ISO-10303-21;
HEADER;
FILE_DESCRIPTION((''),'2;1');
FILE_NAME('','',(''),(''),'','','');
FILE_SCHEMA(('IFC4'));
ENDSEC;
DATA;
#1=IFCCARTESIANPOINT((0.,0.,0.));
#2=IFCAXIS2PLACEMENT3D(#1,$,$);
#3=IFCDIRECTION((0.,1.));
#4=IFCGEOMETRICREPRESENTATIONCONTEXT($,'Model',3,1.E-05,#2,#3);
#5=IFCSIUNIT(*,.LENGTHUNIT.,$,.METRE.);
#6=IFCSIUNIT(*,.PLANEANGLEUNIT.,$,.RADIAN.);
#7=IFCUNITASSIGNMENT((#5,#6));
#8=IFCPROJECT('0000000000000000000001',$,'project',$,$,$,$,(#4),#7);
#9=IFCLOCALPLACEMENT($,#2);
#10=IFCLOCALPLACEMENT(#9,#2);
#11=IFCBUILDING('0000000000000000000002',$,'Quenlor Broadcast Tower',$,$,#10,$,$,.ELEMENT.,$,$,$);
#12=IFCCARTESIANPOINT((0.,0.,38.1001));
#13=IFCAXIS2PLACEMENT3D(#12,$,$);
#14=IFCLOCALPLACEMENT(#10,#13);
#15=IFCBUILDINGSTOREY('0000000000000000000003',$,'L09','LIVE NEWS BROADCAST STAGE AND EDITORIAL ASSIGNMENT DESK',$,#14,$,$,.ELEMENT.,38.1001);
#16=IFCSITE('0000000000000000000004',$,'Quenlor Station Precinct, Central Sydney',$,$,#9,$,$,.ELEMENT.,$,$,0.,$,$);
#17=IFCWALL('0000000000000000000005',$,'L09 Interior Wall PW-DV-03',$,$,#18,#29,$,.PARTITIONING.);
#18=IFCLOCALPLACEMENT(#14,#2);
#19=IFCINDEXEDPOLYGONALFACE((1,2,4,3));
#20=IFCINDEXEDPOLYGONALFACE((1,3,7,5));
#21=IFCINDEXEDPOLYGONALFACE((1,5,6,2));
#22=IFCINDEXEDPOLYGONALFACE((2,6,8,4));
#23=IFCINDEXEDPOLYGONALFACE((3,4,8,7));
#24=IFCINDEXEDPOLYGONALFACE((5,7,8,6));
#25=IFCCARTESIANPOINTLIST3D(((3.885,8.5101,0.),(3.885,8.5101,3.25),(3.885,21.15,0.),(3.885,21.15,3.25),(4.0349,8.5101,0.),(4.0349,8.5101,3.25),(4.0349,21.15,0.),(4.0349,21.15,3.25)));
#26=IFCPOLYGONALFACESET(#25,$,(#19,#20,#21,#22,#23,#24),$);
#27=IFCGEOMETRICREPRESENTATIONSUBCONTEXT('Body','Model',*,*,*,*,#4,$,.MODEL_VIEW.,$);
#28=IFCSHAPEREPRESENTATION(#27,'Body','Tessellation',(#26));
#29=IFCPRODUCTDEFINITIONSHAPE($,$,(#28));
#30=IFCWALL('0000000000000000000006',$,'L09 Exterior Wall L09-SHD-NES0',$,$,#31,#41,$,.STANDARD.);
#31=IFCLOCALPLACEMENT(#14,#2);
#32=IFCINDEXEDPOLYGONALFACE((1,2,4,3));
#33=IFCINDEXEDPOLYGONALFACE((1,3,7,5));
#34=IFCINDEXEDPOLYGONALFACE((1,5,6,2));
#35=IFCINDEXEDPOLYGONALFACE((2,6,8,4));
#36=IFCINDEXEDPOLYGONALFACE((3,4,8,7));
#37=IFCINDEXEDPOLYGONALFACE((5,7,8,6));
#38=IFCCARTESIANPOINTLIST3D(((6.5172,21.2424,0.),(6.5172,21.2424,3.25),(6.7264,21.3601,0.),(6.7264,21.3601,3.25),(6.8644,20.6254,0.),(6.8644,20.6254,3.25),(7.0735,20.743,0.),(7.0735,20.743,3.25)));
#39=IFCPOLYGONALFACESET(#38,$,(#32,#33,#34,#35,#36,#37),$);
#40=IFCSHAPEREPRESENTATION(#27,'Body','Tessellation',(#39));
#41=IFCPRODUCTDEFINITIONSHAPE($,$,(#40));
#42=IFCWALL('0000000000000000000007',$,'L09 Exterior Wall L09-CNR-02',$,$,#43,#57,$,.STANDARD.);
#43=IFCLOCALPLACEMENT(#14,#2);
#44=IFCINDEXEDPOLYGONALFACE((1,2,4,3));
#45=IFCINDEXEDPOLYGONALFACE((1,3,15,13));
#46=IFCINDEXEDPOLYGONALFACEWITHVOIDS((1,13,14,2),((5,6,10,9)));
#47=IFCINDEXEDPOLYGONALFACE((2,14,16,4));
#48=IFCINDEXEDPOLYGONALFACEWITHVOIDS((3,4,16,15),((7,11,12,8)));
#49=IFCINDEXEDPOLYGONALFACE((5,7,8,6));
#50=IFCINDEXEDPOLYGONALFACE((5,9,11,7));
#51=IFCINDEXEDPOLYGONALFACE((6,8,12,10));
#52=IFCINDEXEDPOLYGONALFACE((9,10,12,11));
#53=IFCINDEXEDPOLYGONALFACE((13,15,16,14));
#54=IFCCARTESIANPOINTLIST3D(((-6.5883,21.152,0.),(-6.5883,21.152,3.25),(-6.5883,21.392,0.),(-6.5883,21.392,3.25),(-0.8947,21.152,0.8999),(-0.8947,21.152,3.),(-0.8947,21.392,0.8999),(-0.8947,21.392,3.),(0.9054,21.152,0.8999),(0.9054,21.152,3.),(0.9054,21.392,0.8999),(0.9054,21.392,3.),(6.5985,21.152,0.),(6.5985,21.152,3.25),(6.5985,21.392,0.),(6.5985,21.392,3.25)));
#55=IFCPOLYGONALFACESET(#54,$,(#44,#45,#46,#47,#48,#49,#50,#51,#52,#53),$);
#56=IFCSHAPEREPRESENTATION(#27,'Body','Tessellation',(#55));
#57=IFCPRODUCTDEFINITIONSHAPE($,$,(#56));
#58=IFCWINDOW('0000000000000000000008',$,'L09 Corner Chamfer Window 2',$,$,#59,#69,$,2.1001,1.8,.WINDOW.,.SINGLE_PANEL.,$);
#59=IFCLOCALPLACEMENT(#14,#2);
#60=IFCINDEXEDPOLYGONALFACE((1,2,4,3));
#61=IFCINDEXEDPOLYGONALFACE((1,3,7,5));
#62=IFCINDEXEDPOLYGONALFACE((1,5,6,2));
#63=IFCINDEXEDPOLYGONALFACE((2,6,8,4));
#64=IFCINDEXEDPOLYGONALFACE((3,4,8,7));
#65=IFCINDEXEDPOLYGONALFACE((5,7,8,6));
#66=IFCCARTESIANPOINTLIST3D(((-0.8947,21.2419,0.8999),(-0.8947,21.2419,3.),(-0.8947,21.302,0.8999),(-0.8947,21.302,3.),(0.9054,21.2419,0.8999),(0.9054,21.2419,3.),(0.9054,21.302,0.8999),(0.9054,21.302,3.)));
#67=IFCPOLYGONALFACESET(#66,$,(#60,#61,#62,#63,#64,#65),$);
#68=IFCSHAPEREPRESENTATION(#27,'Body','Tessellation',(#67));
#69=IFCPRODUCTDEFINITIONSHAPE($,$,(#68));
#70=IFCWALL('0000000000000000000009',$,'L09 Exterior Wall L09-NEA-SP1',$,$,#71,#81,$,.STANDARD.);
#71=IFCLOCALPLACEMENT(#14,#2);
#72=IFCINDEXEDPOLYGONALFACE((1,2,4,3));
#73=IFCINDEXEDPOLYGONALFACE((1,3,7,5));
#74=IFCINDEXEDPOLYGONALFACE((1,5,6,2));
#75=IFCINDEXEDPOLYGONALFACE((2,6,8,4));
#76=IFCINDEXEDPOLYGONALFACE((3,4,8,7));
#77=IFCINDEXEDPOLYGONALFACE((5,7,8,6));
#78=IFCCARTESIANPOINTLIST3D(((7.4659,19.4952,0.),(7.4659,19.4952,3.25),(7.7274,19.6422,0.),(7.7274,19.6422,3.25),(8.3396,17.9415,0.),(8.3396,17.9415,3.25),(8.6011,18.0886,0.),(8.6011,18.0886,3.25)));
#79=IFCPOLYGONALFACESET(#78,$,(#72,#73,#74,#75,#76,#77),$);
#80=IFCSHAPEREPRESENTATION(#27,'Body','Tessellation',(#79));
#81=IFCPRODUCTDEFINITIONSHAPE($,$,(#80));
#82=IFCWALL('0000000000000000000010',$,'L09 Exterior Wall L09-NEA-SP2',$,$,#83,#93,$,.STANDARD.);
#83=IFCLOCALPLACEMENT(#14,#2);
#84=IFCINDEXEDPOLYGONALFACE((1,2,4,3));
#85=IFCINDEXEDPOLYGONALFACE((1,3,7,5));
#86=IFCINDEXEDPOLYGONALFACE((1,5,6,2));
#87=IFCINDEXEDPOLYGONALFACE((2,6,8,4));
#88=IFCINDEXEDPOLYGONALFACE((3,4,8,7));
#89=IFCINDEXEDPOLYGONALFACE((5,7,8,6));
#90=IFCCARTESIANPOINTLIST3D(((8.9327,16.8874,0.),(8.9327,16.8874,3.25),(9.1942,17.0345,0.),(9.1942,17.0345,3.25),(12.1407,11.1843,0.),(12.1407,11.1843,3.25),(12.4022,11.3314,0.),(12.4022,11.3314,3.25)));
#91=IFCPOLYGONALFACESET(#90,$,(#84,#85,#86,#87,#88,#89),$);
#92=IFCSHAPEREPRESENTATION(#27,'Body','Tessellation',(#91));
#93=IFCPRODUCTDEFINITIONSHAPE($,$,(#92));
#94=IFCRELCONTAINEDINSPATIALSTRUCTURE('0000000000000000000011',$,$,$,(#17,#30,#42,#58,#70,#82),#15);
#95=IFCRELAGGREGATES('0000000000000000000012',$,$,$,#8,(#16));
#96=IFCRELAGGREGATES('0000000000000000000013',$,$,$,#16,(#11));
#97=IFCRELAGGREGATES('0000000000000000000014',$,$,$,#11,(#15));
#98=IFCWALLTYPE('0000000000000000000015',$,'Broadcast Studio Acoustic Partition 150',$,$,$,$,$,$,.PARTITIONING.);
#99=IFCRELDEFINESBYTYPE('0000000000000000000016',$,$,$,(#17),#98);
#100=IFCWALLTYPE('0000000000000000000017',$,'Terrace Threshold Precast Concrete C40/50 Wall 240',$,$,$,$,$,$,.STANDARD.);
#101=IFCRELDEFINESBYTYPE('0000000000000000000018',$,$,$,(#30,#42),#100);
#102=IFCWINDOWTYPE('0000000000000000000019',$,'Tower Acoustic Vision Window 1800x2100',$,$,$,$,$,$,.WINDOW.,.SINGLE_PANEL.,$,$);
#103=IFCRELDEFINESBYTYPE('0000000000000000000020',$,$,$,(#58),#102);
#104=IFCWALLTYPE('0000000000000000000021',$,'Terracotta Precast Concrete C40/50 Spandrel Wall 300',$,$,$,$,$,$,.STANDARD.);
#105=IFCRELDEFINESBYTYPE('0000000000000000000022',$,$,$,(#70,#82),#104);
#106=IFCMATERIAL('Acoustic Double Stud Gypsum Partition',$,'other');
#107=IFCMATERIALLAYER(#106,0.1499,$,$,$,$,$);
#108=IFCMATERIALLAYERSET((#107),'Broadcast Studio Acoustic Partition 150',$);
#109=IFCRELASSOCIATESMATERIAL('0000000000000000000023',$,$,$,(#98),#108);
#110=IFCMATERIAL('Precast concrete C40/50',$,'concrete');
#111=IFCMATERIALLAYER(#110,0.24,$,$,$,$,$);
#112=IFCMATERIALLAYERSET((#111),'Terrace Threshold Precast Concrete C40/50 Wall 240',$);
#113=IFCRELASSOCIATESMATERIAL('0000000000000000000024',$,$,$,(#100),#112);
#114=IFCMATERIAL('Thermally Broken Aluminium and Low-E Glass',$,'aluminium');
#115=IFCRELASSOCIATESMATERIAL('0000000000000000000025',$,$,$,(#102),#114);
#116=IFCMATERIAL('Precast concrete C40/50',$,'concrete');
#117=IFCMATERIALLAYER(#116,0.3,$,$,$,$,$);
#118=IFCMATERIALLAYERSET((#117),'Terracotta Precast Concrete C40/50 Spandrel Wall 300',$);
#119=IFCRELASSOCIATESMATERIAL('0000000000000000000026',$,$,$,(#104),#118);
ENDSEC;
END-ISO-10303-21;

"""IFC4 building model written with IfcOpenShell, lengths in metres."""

from ifc_helpers import new_model, si_unit, direction, frame, frame_2d, origin, place, context, subcontext, project, spatial, rectangle, extrude, material, layer, layer_set, type_object, element, fill, save


model = new_model("IFC4")

# Units and contexts
model_context = context("Model", 3, precision=1e-05, world=origin(), true_north=direction((0.0, 1.0)))
body_context = subcontext(model_context, "Body", "Model", "MODEL_VIEW")
ifc_project = project(units=[si_unit("LENGTHUNIT", "METRE"), si_unit("PLANEANGLEUNIT", "RADIAN")], contexts=[model_context])

# Site, building, storey
site_placement = place(None, origin())
site = spatial("IfcSite", under=ifc_project, at=site_placement, Name="Quenlor Station Precinct, Central Sydney", CompositionType="ELEMENT", RefElevation=0.0)
building_placement = place(site_placement, origin())
building = spatial("IfcBuilding", under=site, at=building_placement, Name="Quenlor Broadcast Tower", CompositionType="ELEMENT")
storey_placement = place(building_placement, frame((0.0, 0.0, 38.1001)))
storey = spatial("IfcBuildingStorey", under=building, at=storey_placement, Name="L09", Description="LIVE NEWS BROADCAST STAGE AND EDITORIAL ASSIGNMENT DESK", CompositionType="ELEMENT", Elevation=38.1001)

# Walls
ifc_material_1 = material(Name="Acoustic Double Stud Gypsum Partition", Category="other")
ifc_layer_1 = layer(ifc_material_1, 0.1499)
ifc_layer_set_1 = layer_set([ifc_layer_1], Name="Broadcast Studio Acoustic Partition 150")
wall_type_1 = type_object("IfcWallType", Name="Broadcast Studio Acoustic Partition 150", PredefinedType="PARTITIONING", material=ifc_layer_set_1)
wall_1_placement = place(storey_placement, frame((3.96, 21.1499, 0.0), z_axis=(0.0, 0.0, 1.0), x_axis=(0.0, -1.0, 0.0)))
element("IfcWall", 1, at=wall_1_placement, inside=storey, type_object=wall_type_1, Name="L09 Interior Wall PW-DV-03", PredefinedType="PARTITIONING", context=body_context, shape_type="SweptSolid", body=[
    extrude(rectangle(XDim=12.6399, YDim=0.1499, at=frame_2d((6.3198, 0.0))), origin(), (0.0, 0.0, 1.0), 3.25),
])
ifc_material_2 = material(Name="Precast concrete C40/50", Category="concrete")
ifc_layer_2 = layer(ifc_material_2, 0.24)
ifc_layer_set_2 = layer_set([ifc_layer_2], Name="Terrace Threshold Precast Concrete C40/50 Wall 240")
wall_type_2 = type_object("IfcWallType", Name="Terrace Threshold Precast Concrete C40/50 Wall 240", PredefinedType="STANDARD", material=ifc_layer_set_2)
wall_2_placement = place(storey_placement, frame((6.6218, 21.3013, 0.0), z_axis=(0.0, 0.0, 1.0), x_axis=(0.490261, -0.871576, 0.0)))
element("IfcWall", 2, at=wall_2_placement, inside=storey, type_object=wall_type_2, Name="L09 Exterior Wall L09-SHD-NES0", PredefinedType="STANDARD", context=body_context, shape_type="SweptSolid", body=[
    extrude(rectangle(XDim=0.708, YDim=0.24, at=frame_2d((0.354, 0.0))), origin(), (0.0, 0.0, 1.0), 3.25),
])

# Wall, opening, window
wall_3_placement = place(storey_placement, frame((6.5984, 21.272, 0.0), z_axis=(0.0, 0.0, 1.0), x_axis=(-1.0, 0.0, 0.0)))
wall_3 = element("IfcWall", 3, at=wall_3_placement, inside=storey, type_object=wall_type_2, Name="L09 Exterior Wall L09-CNR-02", PredefinedType="STANDARD", context=body_context, shape_type="SweptSolid", body=[
    extrude(rectangle(XDim=13.1868, YDim=0.24, at=frame_2d((6.5933, 0.0))), origin(), (0.0, 0.0, 1.0), 3.25),
])
opening_placement = place(wall_3_placement, frame((5.6931, 0.0, 0.8999)))
opening = element("IfcOpeningElement", 4, at=opening_placement, cuts=wall_3, PredefinedType="OPENING", context=body_context, shape_type="SweptSolid", body=[
    extrude(rectangle(XDim=1.8, YDim=2.1001, at=frame_2d((0.8999, 1.05))), frame((0.0, 0.1299, 0.0), z_axis=(0.0, -1.0, 0.0), x_axis=(1.0, 0.0, 0.0)), (0.0, 0.0, 1.0), 0.26),
])
ifc_material_3 = material(Name="Thermally Broken Aluminium and Low-E Glass", Category="aluminium")
window_type = type_object("IfcWindowType", Name="Tower Acoustic Vision Window 1800x2100", PartitioningType="SINGLE_PANEL", PredefinedType="WINDOW", material=ifc_material_3)
window_placement = place(opening_placement, origin())
window = element("IfcWindow", 5, at=window_placement, inside=storey, type_object=window_type, Name="L09 Corner Chamfer Window 2", OverallHeight=2.1001, OverallWidth=1.8, PartitioningType="SINGLE_PANEL", PredefinedType="WINDOW", context=body_context, shape_type="SweptSolid", body=[
    extrude(rectangle(XDim=1.8, YDim=2.1001, at=frame_2d((0.8999, 1.05))), frame((0.0, 0.03, 0.0), z_axis=(0.0, -1.0, 0.0), x_axis=(1.0, 0.0, 0.0)), (0.0, 0.0, 1.0), 0.0601),
])
fill(opening, window)

# Walls
ifc_material_4 = material(Name="Precast concrete C40/50", Category="concrete")
ifc_layer_3 = layer(ifc_material_4, 0.3)
ifc_layer_set_3 = layer_set([ifc_layer_3], Name="Terracotta Precast Concrete C40/50 Spandrel Wall 300")
wall_type_3 = type_object("IfcWallType", Name="Terracotta Precast Concrete C40/50 Spandrel Wall 300", PredefinedType="STANDARD", material=ifc_layer_set_3)
wall_4_placement = place(storey_placement, frame((7.5967, 19.5686, 0.0), z_axis=(0.0, 0.0, 1.0), x_axis=(0.490183, -0.871619, 0.0)))
element("IfcWall", 6, at=wall_4_placement, inside=storey, type_object=wall_type_3, Name="L09 Exterior Wall L09-NEA-SP1", PredefinedType="STANDARD", context=body_context, shape_type="SweptSolid", body=[
    extrude(rectangle(XDim=1.7825, YDim=0.3, at=frame_2d((0.8911, 0.0))), origin(), (0.0, 0.0, 1.0), 3.25),
])
wall_5_placement = place(storey_placement, frame((9.0635, 16.9609, 0.0), z_axis=(0.0, 0.0, 1.0), x_axis=(0.490261, -0.871576, 0.0)))
element("IfcWall", 7, at=wall_5_placement, inside=storey, type_object=wall_type_3, Name="L09 Exterior Wall L09-NEA-SP2", PredefinedType="STANDARD", context=body_context, shape_type="SweptSolid", body=[
    extrude(rectangle(XDim=6.5435, YDim=0.3, at=frame_2d((3.2717, 0.0))), origin(), (0.0, 0.0, 1.0), 3.25),
])

save(model, "model.ifc")
